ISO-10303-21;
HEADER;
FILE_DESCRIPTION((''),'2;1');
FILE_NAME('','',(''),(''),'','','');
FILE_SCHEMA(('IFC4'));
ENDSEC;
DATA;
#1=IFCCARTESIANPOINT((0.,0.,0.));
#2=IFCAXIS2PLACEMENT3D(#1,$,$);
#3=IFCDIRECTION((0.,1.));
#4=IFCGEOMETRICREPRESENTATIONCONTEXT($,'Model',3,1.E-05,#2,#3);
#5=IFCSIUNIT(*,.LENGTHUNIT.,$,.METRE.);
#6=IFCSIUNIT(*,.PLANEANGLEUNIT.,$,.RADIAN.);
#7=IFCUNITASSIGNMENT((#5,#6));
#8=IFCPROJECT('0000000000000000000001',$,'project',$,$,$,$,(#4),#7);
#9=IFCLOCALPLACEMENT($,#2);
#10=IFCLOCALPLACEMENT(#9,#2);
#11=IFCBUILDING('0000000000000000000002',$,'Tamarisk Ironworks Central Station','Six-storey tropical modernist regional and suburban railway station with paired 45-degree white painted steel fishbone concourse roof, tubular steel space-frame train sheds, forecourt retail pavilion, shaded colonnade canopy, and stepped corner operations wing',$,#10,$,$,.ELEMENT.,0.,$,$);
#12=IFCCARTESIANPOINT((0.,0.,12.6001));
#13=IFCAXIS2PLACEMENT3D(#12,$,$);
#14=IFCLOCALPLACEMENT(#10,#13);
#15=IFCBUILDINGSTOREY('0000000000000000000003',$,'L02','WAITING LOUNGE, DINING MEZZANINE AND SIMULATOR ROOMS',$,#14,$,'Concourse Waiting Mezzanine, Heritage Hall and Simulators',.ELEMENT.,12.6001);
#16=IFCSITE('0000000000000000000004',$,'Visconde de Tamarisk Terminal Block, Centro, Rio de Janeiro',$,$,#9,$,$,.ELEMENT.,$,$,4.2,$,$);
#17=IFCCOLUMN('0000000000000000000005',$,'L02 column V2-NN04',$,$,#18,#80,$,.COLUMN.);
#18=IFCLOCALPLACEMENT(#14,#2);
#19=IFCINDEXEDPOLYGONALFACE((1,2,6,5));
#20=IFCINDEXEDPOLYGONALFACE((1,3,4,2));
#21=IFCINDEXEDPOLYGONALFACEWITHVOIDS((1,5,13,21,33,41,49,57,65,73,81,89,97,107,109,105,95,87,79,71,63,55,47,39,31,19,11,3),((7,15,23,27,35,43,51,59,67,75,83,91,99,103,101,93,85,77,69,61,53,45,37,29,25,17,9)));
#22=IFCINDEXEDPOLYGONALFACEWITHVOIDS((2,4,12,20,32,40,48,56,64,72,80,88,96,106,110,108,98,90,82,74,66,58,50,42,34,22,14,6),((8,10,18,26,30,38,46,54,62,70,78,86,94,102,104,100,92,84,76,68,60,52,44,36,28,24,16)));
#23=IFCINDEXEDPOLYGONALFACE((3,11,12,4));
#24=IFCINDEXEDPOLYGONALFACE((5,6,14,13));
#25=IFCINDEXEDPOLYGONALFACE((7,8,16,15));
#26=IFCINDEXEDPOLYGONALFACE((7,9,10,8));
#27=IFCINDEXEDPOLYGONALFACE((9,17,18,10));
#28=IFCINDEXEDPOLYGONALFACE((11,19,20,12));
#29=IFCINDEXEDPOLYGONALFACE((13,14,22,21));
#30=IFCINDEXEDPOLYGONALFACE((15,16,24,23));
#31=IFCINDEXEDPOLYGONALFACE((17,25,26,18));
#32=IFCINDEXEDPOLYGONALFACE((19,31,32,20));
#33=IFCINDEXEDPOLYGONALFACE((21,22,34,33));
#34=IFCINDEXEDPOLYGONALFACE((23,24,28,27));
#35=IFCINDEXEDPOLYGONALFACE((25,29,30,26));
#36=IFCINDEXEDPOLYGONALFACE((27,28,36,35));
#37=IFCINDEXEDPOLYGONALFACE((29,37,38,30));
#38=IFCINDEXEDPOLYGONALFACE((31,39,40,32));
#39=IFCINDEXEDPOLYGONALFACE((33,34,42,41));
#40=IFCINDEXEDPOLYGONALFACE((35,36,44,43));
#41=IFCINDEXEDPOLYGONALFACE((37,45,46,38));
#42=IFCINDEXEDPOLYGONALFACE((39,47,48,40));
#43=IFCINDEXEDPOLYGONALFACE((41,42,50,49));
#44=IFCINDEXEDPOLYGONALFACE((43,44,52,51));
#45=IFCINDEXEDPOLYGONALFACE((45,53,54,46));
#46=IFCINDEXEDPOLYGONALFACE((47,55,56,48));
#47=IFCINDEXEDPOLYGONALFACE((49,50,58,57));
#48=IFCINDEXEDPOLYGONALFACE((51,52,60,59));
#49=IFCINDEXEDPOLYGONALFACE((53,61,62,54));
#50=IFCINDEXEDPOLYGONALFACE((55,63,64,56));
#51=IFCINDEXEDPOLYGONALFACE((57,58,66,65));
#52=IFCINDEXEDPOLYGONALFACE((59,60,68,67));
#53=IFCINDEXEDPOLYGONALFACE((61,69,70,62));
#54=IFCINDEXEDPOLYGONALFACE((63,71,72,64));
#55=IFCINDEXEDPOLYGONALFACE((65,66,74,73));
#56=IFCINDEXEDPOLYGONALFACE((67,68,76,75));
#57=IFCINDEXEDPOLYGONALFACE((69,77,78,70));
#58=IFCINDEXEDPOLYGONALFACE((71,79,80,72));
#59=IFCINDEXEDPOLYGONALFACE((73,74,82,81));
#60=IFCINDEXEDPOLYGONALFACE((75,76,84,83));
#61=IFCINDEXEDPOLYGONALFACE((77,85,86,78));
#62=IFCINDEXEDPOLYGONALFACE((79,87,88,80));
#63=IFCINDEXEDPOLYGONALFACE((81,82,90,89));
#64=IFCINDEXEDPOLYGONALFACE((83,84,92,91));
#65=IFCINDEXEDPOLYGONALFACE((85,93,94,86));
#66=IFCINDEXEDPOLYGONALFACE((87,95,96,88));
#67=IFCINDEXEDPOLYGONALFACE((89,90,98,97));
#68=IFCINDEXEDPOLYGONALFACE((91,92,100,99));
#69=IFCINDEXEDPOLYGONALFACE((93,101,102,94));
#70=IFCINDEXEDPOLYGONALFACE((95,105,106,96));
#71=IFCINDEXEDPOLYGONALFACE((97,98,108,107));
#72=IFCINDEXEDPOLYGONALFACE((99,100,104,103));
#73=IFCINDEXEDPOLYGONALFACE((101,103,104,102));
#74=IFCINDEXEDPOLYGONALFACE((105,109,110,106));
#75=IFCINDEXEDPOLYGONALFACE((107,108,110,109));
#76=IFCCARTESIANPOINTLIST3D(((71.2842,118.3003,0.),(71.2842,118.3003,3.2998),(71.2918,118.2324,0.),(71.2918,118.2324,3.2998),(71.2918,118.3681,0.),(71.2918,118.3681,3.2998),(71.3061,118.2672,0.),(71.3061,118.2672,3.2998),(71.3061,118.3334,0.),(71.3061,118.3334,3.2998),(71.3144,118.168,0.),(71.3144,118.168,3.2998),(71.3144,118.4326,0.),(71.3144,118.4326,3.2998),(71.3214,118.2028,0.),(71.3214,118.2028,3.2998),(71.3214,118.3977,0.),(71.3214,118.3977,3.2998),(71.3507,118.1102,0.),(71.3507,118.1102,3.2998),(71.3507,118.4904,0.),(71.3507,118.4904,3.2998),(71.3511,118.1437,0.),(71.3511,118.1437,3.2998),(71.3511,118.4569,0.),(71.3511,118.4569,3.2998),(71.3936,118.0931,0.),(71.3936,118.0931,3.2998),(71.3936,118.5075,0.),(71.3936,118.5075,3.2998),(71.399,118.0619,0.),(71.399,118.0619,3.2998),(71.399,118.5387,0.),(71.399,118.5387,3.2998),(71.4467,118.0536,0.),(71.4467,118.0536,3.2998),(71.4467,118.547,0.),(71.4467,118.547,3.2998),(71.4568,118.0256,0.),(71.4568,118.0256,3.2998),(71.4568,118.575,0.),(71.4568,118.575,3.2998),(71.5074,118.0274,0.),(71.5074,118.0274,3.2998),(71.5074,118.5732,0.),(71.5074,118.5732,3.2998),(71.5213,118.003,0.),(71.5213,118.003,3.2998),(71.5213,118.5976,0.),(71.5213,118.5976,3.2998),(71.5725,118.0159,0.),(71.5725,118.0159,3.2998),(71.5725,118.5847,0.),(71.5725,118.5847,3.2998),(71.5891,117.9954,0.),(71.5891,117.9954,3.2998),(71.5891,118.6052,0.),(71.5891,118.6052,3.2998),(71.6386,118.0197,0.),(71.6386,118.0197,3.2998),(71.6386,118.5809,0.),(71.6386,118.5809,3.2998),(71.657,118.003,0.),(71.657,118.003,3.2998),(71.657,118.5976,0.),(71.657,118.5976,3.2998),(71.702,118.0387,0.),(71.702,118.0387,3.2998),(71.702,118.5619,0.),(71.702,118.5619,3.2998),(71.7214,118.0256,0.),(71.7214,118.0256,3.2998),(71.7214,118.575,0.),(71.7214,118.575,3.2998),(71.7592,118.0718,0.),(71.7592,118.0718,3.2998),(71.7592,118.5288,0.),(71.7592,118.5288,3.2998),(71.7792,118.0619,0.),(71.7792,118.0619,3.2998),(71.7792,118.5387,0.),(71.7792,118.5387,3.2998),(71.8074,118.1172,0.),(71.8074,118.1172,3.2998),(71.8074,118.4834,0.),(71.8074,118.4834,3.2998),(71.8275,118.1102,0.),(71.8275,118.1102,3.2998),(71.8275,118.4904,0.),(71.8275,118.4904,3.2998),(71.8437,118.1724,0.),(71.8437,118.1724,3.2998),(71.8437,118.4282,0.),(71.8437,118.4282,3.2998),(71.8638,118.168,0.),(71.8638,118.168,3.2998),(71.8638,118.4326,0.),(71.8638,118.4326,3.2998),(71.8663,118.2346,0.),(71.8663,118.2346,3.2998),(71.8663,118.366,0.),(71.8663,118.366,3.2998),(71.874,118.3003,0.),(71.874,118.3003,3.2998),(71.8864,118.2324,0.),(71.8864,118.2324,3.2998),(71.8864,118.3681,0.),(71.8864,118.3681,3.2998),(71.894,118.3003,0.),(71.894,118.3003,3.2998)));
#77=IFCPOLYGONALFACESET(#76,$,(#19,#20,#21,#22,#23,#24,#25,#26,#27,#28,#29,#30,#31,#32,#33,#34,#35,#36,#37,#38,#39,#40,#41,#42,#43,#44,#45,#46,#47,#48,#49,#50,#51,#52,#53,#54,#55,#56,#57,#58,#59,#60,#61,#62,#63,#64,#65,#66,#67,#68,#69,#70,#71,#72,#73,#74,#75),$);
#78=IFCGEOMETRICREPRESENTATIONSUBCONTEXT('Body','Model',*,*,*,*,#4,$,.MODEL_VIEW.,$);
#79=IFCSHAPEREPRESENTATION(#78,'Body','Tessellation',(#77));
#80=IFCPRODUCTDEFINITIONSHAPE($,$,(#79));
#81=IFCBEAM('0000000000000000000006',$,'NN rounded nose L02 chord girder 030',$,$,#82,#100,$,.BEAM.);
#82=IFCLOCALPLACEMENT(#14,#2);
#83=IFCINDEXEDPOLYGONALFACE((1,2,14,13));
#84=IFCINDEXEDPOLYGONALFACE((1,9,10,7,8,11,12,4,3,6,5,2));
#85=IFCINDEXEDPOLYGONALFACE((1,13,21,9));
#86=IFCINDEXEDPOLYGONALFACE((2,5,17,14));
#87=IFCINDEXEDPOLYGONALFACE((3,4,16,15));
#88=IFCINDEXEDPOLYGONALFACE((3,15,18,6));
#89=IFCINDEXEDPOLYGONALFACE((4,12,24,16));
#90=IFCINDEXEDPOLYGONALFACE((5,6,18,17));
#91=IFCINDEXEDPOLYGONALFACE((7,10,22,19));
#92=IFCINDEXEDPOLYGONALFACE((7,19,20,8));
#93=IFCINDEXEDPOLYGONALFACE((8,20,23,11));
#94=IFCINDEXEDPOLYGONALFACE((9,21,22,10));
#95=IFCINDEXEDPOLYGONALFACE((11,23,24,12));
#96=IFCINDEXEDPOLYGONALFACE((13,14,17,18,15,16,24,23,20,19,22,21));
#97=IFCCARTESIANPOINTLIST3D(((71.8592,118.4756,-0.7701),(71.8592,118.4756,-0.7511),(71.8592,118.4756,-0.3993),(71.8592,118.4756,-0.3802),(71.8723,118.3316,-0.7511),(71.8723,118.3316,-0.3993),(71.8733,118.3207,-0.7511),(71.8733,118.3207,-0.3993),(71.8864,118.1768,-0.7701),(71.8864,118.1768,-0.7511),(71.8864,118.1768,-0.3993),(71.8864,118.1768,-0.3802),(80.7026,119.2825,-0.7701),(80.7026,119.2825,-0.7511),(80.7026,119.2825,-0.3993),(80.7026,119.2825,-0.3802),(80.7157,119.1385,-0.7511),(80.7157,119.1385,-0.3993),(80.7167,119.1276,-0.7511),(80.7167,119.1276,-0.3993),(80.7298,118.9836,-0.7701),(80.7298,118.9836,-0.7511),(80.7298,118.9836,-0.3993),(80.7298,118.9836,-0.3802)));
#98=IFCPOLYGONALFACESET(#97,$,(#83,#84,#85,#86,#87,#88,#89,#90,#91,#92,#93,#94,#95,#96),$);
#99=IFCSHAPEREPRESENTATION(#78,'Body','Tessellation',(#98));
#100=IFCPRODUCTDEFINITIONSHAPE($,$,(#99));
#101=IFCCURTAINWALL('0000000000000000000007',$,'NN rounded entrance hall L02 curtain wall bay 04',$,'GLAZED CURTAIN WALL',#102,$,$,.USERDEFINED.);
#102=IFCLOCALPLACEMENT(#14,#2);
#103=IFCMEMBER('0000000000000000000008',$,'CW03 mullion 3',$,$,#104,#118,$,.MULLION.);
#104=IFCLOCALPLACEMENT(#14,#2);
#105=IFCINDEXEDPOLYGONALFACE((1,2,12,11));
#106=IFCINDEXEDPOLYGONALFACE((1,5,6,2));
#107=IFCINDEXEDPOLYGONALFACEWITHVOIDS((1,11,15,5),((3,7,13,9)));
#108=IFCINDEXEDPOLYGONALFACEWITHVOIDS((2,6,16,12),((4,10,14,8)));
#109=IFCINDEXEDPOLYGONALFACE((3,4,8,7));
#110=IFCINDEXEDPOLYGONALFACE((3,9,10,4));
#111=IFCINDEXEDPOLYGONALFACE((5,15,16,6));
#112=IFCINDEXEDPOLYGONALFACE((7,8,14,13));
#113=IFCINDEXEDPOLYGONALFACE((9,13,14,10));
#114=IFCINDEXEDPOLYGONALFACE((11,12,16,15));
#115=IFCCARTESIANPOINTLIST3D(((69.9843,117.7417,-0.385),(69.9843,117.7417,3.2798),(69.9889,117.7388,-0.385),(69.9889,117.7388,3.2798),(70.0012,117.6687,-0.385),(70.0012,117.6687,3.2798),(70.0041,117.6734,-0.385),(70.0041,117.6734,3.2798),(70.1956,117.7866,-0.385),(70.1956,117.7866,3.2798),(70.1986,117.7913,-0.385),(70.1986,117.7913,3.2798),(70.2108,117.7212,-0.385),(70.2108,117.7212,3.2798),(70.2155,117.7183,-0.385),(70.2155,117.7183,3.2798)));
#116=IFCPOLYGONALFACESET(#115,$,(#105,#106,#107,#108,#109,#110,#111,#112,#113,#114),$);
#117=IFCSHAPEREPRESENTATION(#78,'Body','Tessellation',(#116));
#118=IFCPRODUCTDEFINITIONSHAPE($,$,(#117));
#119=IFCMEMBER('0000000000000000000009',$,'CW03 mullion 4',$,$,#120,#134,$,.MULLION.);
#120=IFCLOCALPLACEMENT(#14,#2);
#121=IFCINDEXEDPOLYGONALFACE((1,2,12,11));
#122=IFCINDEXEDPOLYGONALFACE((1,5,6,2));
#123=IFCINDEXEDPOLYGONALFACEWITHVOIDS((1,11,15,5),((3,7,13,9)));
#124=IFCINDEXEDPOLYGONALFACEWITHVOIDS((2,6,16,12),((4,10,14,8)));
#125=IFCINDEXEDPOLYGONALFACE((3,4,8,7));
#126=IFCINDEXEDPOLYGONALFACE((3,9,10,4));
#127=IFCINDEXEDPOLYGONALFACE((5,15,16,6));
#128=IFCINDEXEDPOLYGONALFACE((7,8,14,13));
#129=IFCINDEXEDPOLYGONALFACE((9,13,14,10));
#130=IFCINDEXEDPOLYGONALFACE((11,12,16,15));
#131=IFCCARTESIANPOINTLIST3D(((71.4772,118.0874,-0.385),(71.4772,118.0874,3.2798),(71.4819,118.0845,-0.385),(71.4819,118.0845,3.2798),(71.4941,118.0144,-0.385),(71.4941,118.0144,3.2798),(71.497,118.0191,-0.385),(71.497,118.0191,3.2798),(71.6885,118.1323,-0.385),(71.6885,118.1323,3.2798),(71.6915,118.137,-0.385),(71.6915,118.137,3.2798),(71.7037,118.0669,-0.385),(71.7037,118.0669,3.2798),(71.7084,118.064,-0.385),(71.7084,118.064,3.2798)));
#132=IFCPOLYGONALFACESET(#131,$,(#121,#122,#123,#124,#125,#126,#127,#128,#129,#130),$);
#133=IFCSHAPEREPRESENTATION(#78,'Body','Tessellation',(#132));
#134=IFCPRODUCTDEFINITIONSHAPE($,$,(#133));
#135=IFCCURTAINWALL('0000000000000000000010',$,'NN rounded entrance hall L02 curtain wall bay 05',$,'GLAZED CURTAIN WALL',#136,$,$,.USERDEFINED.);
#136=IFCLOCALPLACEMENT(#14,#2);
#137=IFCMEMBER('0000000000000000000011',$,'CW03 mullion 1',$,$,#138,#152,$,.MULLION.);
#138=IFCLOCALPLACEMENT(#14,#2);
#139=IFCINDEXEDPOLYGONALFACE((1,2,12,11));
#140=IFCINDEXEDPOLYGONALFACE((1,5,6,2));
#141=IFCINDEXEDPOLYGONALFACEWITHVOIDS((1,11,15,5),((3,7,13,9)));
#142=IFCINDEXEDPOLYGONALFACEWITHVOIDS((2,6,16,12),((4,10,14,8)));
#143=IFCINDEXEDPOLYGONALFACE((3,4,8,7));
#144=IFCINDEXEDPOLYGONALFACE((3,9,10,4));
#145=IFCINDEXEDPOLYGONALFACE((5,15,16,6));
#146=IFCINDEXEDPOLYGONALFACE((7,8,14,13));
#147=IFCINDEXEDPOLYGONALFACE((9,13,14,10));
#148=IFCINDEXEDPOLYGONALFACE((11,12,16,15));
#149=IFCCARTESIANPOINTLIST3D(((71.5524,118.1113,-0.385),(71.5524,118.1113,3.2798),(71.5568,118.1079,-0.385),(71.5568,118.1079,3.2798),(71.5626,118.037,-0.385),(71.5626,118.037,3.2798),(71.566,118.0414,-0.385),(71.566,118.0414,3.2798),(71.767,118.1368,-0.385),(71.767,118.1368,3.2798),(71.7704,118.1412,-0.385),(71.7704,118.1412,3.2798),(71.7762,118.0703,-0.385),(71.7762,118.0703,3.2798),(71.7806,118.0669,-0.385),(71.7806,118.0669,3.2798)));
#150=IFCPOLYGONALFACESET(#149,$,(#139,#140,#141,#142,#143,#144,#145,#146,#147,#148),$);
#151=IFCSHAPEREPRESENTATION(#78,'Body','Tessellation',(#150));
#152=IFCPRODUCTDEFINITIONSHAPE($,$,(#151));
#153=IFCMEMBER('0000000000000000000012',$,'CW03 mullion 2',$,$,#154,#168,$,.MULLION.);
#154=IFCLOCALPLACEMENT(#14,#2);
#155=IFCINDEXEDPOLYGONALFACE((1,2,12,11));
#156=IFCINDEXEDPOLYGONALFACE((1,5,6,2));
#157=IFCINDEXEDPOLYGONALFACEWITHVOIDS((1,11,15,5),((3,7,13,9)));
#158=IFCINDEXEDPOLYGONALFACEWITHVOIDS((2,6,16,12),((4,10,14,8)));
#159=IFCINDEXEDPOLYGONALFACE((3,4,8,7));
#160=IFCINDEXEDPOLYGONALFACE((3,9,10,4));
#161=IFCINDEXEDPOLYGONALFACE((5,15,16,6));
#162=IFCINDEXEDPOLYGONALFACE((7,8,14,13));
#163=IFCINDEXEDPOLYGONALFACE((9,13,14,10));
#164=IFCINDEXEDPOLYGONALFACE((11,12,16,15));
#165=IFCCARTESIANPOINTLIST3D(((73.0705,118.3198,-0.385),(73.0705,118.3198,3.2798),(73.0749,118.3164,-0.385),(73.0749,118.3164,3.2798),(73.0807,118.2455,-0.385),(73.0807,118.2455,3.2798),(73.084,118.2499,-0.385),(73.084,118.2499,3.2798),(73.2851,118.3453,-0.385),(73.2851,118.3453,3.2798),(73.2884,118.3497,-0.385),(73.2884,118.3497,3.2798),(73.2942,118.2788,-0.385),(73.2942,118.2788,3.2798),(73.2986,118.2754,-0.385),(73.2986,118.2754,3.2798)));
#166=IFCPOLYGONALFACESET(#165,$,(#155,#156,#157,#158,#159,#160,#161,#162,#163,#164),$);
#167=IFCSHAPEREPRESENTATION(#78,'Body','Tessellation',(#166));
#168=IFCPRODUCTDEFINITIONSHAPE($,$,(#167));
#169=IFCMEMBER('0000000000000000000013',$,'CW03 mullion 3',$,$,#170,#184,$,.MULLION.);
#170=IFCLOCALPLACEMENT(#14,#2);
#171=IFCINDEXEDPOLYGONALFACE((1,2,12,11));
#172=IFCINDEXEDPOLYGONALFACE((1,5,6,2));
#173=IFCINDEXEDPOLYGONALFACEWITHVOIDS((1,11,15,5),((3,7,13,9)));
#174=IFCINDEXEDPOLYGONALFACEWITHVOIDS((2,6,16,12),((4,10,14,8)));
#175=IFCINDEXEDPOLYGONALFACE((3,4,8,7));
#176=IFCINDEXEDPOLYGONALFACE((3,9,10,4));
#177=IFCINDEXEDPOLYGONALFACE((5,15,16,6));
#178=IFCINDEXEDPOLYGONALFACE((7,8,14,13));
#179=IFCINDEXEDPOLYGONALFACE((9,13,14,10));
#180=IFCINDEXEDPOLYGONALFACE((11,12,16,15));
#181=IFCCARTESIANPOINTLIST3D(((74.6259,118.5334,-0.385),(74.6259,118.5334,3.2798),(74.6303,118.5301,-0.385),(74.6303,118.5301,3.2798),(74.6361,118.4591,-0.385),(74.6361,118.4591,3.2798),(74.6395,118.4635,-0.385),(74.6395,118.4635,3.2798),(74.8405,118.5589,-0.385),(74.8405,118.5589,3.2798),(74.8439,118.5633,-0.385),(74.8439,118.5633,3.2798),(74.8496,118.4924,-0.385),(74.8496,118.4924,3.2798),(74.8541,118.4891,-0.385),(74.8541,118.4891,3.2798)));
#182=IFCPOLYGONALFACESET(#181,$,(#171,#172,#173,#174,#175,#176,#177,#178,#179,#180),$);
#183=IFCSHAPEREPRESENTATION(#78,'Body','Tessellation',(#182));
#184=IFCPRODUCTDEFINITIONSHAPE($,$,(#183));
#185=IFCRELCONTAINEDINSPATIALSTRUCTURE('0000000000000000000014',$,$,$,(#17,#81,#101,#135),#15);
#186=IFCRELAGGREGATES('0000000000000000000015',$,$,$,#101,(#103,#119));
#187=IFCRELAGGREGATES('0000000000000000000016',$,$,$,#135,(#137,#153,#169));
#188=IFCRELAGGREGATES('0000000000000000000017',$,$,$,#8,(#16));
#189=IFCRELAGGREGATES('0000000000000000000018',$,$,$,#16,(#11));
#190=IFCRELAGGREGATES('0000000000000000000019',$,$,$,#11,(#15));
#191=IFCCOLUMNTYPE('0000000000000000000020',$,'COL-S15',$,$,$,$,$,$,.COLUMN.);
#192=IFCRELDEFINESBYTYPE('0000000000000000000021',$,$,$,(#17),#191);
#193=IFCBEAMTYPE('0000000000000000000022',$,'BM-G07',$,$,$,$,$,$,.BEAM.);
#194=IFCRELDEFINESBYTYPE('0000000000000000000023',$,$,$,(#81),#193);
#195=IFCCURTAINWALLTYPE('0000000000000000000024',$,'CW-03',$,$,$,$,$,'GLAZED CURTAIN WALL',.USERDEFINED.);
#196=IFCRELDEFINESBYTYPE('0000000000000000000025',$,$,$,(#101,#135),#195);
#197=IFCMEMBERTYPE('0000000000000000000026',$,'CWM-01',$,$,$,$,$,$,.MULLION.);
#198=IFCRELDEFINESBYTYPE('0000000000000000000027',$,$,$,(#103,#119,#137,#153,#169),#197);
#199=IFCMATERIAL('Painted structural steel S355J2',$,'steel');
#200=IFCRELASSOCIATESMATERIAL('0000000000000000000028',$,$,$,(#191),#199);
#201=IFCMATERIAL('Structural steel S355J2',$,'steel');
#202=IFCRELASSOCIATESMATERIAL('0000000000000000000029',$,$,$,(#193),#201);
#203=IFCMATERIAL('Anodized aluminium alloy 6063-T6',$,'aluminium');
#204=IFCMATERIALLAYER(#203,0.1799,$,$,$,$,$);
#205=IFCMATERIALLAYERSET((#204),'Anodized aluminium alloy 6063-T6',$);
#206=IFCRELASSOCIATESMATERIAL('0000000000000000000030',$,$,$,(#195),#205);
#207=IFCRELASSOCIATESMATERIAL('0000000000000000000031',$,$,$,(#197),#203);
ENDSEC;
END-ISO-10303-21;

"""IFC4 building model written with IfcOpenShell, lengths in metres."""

from ifc_helpers import new_model, si_unit, direction, frame, origin, origin_2d, place, context, subcontext, project, spatial, hollow_rectangle, hollow_circle, i_section, extrude, material, layer, layer_set, material_profile, profile_set, type_object, element, aggregate, save


model = new_model("IFC4")

# Units and contexts
model_context = context("Model", 3, precision=1e-05, world=origin(), true_north=direction((0.0, 1.0)))
body_context = subcontext(model_context, "Body", "Model", "MODEL_VIEW")
ifc_project = project(units=[si_unit("LENGTHUNIT", "METRE"), si_unit("PLANEANGLEUNIT", "RADIAN")], contexts=[model_context])

# Site, building, storey
site_placement = place(None, origin())
site = spatial("IfcSite", under=ifc_project, at=site_placement, Name="Visconde de Tamarisk Terminal Block, Centro, Rio de Janeiro", CompositionType="ELEMENT", RefElevation=4.2)
building_placement = place(site_placement, origin())
building = spatial("IfcBuilding", under=site, at=building_placement, Name="Tamarisk Ironworks Central Station", Description="Six-storey tropical modernist regional and suburban railway station with paired 45-degree white painted steel fishbone concourse roof, tubular steel space-frame train sheds, forecourt retail pavilion, shaded colonnade canopy, and stepped corner operations wing", CompositionType="ELEMENT", ElevationOfRefHeight=0.0)
storey_placement = place(building_placement, frame((0.0, 0.0, 12.6001)))
storey = spatial("IfcBuildingStorey", under=building, at=storey_placement, Name="L02", Description="WAITING LOUNGE, DINING MEZZANINE AND SIMULATOR ROOMS", LongName="Concourse Waiting Mezzanine, Heritage Hall and Simulators", CompositionType="ELEMENT", Elevation=12.6001)

# Column
ifc_material_1 = material(Name="Painted structural steel S355J2", Category="steel")
ifc_material_profile_1 = material_profile(ifc_material_1, hollow_circle(Radius=0.3049, WallThickness=0.02, at=origin_2d()), Name="CHS 610x20")
ifc_profile_set_1 = profile_set([ifc_material_profile_1], Name="Painted structural steel S355J2")
column_type = type_object("IfcColumnType", Name="COL-S15", PredefinedType="COLUMN", material=ifc_profile_set_1)
column_placement = place(storey_placement, frame((71.5891, 118.3003, 0.0), z_axis=(0.0, 0.0, 1.0), x_axis=(1.0, 0.0, 0.0)))
element("IfcColumn", 1, at=column_placement, inside=storey, type_object=column_type, Name="L02 column V2-NN04", PredefinedType="COLUMN", context=body_context, shape_type="SweptSolid", body=[
    extrude(hollow_circle(Radius=0.3049, WallThickness=0.02, at=origin_2d()), origin(), (0.0, 0.0, 1.0), 3.2998),
])

# Beam
ifc_material_2 = material(Name="Structural steel S355J2", Category="steel")
ifc_material_profile_2 = material_profile(ifc_material_2, i_section(OverallWidth=0.3, OverallDepth=0.3899, WebThickness=0.011, FlangeThickness=0.019, at=origin_2d()), Name="HEA 400")
ifc_profile_set_2 = profile_set([ifc_material_profile_2], Name="Structural steel S355J2")
beam_type = type_object("IfcBeamType", Name="BM-G07", PredefinedType="BEAM", material=ifc_profile_set_2)
beam_placement = place(storey_placement, frame((71.8728, 118.3262, -0.5752), z_axis=(0.995863, 0.090863, 0.0), x_axis=(-0.090863, 0.995863, 0.0)))
element("IfcBeam", 2, at=beam_placement, inside=storey, type_object=beam_type, Name="NN rounded nose L02 chord girder 030", PredefinedType="BEAM", context=body_context, shape_type="SweptSolid", body=[
    extrude(i_section(OverallWidth=0.3, OverallDepth=0.3899, WebThickness=0.011, FlangeThickness=0.019, at=origin_2d()), origin(), (0.0, 0.0, 1.0), 8.8801),
])

# Curtain walls, members
ifc_material_3 = material(Name="Anodized aluminium alloy 6063-T6", Category="aluminium")
ifc_layer_1 = layer(ifc_material_3, 0.1799)
ifc_layer_set_1 = layer_set([ifc_layer_1], Name="Anodized aluminium alloy 6063-T6")
curtain_wall_type = type_object("IfcCurtainWallType", Name="CW-03", ElementType="GLAZED CURTAIN WALL", PredefinedType="USERDEFINED", material=ifc_layer_set_1)
curtain_wall_1_placement = place(storey_placement, origin())
curtain_wall_1 = element("IfcCurtainWall", 3, at=curtain_wall_1_placement, inside=storey, type_object=curtain_wall_type, Name="NN rounded entrance hall L02 curtain wall bay 04", ObjectType="GLAZED CURTAIN WALL", PredefinedType="USERDEFINED")
ifc_material_profile_3 = material_profile(ifc_material_3, hollow_rectangle(XDim=0.075, YDim=0.22, WallThickness=0.0039, at=origin_2d()), Name="ALUM 220x75")
ifc_profile_set_3 = profile_set([ifc_material_profile_3], Name="Anodized aluminium alloy 6063-T6")
member_type_1 = type_object("IfcMemberType", Name="CWM-01", PredefinedType="MULLION", material=ifc_profile_set_3)
member_1_placement = place(storey_placement, frame((70.0999, 117.73, -0.385), z_axis=(0.0, 0.0, 1.0), x_axis=(-0.225517, 0.974239, 0.0)))
member_1 = element("IfcMember", 4, at=member_1_placement, type_object=member_type_1, Name="CW03 mullion 3", PredefinedType="MULLION", context=body_context, shape_type="SweptSolid", body=[
    extrude(hollow_rectangle(XDim=0.075, YDim=0.22, WallThickness=0.0039, at=origin_2d()), origin(), (0.0, 0.0, 1.0), 3.6648),
])
member_2_placement = place(storey_placement, frame((71.5928, 118.0757, -0.385), z_axis=(0.0, 0.0, 1.0), x_axis=(-0.225517, 0.974239, 0.0)))
member_2 = element("IfcMember", 5, at=member_2_placement, type_object=member_type_1, Name="CW03 mullion 4", PredefinedType="MULLION", context=body_context, shape_type="SweptSolid", body=[
    extrude(hollow_rectangle(XDim=0.075, YDim=0.22, WallThickness=0.0039, at=origin_2d()), origin(), (0.0, 0.0, 1.0), 3.6648),
])
curtain_wall_2_placement = place(storey_placement, origin())
curtain_wall_2 = element("IfcCurtainWall", 6, at=curtain_wall_2_placement, inside=storey, type_object=curtain_wall_type, Name="NN rounded entrance hall L02 curtain wall bay 05", ObjectType="GLAZED CURTAIN WALL", PredefinedType="USERDEFINED")
member_3_placement = place(storey_placement, frame((71.6665, 118.0891, -0.385), z_axis=(0.0, 0.0, 1.0), x_axis=(-0.136042, 0.990703, 0.0)))
member_3 = element("IfcMember", 7, at=member_3_placement, type_object=member_type_1, Name="CW03 mullion 1", PredefinedType="MULLION", context=body_context, shape_type="SweptSolid", body=[
    extrude(hollow_rectangle(XDim=0.075, YDim=0.22, WallThickness=0.0039, at=origin_2d()), origin(), (0.0, 0.0, 1.0), 3.6648),
])
member_4_placement = place(storey_placement, frame((73.1846, 118.2976, -0.385), z_axis=(0.0, 0.0, 1.0), x_axis=(-0.136042, 0.990703, 0.0)))
member_4 = element("IfcMember", 8, at=member_4_placement, type_object=member_type_1, Name="CW03 mullion 2", PredefinedType="MULLION", context=body_context, shape_type="SweptSolid", body=[
    extrude(hollow_rectangle(XDim=0.075, YDim=0.22, WallThickness=0.0039, at=origin_2d()), origin(), (0.0, 0.0, 1.0), 3.6648),
])
member_5_placement = place(storey_placement, frame((74.74, 118.5112, -0.385), z_axis=(0.0, 0.0, 1.0), x_axis=(-0.136042, 0.990703, 0.0)))
member_5 = element("IfcMember", 9, at=member_5_placement, type_object=member_type_1, Name="CW03 mullion 3", PredefinedType="MULLION", context=body_context, shape_type="SweptSolid", body=[
    extrude(hollow_rectangle(XDim=0.075, YDim=0.22, WallThickness=0.0039, at=origin_2d()), origin(), (0.0, 0.0, 1.0), 3.6648),
])

aggregate(curtain_wall_1, [member_1, member_2])
aggregate(curtain_wall_2, [member_3, member_4, member_5])

save(model, "model.ifc")
